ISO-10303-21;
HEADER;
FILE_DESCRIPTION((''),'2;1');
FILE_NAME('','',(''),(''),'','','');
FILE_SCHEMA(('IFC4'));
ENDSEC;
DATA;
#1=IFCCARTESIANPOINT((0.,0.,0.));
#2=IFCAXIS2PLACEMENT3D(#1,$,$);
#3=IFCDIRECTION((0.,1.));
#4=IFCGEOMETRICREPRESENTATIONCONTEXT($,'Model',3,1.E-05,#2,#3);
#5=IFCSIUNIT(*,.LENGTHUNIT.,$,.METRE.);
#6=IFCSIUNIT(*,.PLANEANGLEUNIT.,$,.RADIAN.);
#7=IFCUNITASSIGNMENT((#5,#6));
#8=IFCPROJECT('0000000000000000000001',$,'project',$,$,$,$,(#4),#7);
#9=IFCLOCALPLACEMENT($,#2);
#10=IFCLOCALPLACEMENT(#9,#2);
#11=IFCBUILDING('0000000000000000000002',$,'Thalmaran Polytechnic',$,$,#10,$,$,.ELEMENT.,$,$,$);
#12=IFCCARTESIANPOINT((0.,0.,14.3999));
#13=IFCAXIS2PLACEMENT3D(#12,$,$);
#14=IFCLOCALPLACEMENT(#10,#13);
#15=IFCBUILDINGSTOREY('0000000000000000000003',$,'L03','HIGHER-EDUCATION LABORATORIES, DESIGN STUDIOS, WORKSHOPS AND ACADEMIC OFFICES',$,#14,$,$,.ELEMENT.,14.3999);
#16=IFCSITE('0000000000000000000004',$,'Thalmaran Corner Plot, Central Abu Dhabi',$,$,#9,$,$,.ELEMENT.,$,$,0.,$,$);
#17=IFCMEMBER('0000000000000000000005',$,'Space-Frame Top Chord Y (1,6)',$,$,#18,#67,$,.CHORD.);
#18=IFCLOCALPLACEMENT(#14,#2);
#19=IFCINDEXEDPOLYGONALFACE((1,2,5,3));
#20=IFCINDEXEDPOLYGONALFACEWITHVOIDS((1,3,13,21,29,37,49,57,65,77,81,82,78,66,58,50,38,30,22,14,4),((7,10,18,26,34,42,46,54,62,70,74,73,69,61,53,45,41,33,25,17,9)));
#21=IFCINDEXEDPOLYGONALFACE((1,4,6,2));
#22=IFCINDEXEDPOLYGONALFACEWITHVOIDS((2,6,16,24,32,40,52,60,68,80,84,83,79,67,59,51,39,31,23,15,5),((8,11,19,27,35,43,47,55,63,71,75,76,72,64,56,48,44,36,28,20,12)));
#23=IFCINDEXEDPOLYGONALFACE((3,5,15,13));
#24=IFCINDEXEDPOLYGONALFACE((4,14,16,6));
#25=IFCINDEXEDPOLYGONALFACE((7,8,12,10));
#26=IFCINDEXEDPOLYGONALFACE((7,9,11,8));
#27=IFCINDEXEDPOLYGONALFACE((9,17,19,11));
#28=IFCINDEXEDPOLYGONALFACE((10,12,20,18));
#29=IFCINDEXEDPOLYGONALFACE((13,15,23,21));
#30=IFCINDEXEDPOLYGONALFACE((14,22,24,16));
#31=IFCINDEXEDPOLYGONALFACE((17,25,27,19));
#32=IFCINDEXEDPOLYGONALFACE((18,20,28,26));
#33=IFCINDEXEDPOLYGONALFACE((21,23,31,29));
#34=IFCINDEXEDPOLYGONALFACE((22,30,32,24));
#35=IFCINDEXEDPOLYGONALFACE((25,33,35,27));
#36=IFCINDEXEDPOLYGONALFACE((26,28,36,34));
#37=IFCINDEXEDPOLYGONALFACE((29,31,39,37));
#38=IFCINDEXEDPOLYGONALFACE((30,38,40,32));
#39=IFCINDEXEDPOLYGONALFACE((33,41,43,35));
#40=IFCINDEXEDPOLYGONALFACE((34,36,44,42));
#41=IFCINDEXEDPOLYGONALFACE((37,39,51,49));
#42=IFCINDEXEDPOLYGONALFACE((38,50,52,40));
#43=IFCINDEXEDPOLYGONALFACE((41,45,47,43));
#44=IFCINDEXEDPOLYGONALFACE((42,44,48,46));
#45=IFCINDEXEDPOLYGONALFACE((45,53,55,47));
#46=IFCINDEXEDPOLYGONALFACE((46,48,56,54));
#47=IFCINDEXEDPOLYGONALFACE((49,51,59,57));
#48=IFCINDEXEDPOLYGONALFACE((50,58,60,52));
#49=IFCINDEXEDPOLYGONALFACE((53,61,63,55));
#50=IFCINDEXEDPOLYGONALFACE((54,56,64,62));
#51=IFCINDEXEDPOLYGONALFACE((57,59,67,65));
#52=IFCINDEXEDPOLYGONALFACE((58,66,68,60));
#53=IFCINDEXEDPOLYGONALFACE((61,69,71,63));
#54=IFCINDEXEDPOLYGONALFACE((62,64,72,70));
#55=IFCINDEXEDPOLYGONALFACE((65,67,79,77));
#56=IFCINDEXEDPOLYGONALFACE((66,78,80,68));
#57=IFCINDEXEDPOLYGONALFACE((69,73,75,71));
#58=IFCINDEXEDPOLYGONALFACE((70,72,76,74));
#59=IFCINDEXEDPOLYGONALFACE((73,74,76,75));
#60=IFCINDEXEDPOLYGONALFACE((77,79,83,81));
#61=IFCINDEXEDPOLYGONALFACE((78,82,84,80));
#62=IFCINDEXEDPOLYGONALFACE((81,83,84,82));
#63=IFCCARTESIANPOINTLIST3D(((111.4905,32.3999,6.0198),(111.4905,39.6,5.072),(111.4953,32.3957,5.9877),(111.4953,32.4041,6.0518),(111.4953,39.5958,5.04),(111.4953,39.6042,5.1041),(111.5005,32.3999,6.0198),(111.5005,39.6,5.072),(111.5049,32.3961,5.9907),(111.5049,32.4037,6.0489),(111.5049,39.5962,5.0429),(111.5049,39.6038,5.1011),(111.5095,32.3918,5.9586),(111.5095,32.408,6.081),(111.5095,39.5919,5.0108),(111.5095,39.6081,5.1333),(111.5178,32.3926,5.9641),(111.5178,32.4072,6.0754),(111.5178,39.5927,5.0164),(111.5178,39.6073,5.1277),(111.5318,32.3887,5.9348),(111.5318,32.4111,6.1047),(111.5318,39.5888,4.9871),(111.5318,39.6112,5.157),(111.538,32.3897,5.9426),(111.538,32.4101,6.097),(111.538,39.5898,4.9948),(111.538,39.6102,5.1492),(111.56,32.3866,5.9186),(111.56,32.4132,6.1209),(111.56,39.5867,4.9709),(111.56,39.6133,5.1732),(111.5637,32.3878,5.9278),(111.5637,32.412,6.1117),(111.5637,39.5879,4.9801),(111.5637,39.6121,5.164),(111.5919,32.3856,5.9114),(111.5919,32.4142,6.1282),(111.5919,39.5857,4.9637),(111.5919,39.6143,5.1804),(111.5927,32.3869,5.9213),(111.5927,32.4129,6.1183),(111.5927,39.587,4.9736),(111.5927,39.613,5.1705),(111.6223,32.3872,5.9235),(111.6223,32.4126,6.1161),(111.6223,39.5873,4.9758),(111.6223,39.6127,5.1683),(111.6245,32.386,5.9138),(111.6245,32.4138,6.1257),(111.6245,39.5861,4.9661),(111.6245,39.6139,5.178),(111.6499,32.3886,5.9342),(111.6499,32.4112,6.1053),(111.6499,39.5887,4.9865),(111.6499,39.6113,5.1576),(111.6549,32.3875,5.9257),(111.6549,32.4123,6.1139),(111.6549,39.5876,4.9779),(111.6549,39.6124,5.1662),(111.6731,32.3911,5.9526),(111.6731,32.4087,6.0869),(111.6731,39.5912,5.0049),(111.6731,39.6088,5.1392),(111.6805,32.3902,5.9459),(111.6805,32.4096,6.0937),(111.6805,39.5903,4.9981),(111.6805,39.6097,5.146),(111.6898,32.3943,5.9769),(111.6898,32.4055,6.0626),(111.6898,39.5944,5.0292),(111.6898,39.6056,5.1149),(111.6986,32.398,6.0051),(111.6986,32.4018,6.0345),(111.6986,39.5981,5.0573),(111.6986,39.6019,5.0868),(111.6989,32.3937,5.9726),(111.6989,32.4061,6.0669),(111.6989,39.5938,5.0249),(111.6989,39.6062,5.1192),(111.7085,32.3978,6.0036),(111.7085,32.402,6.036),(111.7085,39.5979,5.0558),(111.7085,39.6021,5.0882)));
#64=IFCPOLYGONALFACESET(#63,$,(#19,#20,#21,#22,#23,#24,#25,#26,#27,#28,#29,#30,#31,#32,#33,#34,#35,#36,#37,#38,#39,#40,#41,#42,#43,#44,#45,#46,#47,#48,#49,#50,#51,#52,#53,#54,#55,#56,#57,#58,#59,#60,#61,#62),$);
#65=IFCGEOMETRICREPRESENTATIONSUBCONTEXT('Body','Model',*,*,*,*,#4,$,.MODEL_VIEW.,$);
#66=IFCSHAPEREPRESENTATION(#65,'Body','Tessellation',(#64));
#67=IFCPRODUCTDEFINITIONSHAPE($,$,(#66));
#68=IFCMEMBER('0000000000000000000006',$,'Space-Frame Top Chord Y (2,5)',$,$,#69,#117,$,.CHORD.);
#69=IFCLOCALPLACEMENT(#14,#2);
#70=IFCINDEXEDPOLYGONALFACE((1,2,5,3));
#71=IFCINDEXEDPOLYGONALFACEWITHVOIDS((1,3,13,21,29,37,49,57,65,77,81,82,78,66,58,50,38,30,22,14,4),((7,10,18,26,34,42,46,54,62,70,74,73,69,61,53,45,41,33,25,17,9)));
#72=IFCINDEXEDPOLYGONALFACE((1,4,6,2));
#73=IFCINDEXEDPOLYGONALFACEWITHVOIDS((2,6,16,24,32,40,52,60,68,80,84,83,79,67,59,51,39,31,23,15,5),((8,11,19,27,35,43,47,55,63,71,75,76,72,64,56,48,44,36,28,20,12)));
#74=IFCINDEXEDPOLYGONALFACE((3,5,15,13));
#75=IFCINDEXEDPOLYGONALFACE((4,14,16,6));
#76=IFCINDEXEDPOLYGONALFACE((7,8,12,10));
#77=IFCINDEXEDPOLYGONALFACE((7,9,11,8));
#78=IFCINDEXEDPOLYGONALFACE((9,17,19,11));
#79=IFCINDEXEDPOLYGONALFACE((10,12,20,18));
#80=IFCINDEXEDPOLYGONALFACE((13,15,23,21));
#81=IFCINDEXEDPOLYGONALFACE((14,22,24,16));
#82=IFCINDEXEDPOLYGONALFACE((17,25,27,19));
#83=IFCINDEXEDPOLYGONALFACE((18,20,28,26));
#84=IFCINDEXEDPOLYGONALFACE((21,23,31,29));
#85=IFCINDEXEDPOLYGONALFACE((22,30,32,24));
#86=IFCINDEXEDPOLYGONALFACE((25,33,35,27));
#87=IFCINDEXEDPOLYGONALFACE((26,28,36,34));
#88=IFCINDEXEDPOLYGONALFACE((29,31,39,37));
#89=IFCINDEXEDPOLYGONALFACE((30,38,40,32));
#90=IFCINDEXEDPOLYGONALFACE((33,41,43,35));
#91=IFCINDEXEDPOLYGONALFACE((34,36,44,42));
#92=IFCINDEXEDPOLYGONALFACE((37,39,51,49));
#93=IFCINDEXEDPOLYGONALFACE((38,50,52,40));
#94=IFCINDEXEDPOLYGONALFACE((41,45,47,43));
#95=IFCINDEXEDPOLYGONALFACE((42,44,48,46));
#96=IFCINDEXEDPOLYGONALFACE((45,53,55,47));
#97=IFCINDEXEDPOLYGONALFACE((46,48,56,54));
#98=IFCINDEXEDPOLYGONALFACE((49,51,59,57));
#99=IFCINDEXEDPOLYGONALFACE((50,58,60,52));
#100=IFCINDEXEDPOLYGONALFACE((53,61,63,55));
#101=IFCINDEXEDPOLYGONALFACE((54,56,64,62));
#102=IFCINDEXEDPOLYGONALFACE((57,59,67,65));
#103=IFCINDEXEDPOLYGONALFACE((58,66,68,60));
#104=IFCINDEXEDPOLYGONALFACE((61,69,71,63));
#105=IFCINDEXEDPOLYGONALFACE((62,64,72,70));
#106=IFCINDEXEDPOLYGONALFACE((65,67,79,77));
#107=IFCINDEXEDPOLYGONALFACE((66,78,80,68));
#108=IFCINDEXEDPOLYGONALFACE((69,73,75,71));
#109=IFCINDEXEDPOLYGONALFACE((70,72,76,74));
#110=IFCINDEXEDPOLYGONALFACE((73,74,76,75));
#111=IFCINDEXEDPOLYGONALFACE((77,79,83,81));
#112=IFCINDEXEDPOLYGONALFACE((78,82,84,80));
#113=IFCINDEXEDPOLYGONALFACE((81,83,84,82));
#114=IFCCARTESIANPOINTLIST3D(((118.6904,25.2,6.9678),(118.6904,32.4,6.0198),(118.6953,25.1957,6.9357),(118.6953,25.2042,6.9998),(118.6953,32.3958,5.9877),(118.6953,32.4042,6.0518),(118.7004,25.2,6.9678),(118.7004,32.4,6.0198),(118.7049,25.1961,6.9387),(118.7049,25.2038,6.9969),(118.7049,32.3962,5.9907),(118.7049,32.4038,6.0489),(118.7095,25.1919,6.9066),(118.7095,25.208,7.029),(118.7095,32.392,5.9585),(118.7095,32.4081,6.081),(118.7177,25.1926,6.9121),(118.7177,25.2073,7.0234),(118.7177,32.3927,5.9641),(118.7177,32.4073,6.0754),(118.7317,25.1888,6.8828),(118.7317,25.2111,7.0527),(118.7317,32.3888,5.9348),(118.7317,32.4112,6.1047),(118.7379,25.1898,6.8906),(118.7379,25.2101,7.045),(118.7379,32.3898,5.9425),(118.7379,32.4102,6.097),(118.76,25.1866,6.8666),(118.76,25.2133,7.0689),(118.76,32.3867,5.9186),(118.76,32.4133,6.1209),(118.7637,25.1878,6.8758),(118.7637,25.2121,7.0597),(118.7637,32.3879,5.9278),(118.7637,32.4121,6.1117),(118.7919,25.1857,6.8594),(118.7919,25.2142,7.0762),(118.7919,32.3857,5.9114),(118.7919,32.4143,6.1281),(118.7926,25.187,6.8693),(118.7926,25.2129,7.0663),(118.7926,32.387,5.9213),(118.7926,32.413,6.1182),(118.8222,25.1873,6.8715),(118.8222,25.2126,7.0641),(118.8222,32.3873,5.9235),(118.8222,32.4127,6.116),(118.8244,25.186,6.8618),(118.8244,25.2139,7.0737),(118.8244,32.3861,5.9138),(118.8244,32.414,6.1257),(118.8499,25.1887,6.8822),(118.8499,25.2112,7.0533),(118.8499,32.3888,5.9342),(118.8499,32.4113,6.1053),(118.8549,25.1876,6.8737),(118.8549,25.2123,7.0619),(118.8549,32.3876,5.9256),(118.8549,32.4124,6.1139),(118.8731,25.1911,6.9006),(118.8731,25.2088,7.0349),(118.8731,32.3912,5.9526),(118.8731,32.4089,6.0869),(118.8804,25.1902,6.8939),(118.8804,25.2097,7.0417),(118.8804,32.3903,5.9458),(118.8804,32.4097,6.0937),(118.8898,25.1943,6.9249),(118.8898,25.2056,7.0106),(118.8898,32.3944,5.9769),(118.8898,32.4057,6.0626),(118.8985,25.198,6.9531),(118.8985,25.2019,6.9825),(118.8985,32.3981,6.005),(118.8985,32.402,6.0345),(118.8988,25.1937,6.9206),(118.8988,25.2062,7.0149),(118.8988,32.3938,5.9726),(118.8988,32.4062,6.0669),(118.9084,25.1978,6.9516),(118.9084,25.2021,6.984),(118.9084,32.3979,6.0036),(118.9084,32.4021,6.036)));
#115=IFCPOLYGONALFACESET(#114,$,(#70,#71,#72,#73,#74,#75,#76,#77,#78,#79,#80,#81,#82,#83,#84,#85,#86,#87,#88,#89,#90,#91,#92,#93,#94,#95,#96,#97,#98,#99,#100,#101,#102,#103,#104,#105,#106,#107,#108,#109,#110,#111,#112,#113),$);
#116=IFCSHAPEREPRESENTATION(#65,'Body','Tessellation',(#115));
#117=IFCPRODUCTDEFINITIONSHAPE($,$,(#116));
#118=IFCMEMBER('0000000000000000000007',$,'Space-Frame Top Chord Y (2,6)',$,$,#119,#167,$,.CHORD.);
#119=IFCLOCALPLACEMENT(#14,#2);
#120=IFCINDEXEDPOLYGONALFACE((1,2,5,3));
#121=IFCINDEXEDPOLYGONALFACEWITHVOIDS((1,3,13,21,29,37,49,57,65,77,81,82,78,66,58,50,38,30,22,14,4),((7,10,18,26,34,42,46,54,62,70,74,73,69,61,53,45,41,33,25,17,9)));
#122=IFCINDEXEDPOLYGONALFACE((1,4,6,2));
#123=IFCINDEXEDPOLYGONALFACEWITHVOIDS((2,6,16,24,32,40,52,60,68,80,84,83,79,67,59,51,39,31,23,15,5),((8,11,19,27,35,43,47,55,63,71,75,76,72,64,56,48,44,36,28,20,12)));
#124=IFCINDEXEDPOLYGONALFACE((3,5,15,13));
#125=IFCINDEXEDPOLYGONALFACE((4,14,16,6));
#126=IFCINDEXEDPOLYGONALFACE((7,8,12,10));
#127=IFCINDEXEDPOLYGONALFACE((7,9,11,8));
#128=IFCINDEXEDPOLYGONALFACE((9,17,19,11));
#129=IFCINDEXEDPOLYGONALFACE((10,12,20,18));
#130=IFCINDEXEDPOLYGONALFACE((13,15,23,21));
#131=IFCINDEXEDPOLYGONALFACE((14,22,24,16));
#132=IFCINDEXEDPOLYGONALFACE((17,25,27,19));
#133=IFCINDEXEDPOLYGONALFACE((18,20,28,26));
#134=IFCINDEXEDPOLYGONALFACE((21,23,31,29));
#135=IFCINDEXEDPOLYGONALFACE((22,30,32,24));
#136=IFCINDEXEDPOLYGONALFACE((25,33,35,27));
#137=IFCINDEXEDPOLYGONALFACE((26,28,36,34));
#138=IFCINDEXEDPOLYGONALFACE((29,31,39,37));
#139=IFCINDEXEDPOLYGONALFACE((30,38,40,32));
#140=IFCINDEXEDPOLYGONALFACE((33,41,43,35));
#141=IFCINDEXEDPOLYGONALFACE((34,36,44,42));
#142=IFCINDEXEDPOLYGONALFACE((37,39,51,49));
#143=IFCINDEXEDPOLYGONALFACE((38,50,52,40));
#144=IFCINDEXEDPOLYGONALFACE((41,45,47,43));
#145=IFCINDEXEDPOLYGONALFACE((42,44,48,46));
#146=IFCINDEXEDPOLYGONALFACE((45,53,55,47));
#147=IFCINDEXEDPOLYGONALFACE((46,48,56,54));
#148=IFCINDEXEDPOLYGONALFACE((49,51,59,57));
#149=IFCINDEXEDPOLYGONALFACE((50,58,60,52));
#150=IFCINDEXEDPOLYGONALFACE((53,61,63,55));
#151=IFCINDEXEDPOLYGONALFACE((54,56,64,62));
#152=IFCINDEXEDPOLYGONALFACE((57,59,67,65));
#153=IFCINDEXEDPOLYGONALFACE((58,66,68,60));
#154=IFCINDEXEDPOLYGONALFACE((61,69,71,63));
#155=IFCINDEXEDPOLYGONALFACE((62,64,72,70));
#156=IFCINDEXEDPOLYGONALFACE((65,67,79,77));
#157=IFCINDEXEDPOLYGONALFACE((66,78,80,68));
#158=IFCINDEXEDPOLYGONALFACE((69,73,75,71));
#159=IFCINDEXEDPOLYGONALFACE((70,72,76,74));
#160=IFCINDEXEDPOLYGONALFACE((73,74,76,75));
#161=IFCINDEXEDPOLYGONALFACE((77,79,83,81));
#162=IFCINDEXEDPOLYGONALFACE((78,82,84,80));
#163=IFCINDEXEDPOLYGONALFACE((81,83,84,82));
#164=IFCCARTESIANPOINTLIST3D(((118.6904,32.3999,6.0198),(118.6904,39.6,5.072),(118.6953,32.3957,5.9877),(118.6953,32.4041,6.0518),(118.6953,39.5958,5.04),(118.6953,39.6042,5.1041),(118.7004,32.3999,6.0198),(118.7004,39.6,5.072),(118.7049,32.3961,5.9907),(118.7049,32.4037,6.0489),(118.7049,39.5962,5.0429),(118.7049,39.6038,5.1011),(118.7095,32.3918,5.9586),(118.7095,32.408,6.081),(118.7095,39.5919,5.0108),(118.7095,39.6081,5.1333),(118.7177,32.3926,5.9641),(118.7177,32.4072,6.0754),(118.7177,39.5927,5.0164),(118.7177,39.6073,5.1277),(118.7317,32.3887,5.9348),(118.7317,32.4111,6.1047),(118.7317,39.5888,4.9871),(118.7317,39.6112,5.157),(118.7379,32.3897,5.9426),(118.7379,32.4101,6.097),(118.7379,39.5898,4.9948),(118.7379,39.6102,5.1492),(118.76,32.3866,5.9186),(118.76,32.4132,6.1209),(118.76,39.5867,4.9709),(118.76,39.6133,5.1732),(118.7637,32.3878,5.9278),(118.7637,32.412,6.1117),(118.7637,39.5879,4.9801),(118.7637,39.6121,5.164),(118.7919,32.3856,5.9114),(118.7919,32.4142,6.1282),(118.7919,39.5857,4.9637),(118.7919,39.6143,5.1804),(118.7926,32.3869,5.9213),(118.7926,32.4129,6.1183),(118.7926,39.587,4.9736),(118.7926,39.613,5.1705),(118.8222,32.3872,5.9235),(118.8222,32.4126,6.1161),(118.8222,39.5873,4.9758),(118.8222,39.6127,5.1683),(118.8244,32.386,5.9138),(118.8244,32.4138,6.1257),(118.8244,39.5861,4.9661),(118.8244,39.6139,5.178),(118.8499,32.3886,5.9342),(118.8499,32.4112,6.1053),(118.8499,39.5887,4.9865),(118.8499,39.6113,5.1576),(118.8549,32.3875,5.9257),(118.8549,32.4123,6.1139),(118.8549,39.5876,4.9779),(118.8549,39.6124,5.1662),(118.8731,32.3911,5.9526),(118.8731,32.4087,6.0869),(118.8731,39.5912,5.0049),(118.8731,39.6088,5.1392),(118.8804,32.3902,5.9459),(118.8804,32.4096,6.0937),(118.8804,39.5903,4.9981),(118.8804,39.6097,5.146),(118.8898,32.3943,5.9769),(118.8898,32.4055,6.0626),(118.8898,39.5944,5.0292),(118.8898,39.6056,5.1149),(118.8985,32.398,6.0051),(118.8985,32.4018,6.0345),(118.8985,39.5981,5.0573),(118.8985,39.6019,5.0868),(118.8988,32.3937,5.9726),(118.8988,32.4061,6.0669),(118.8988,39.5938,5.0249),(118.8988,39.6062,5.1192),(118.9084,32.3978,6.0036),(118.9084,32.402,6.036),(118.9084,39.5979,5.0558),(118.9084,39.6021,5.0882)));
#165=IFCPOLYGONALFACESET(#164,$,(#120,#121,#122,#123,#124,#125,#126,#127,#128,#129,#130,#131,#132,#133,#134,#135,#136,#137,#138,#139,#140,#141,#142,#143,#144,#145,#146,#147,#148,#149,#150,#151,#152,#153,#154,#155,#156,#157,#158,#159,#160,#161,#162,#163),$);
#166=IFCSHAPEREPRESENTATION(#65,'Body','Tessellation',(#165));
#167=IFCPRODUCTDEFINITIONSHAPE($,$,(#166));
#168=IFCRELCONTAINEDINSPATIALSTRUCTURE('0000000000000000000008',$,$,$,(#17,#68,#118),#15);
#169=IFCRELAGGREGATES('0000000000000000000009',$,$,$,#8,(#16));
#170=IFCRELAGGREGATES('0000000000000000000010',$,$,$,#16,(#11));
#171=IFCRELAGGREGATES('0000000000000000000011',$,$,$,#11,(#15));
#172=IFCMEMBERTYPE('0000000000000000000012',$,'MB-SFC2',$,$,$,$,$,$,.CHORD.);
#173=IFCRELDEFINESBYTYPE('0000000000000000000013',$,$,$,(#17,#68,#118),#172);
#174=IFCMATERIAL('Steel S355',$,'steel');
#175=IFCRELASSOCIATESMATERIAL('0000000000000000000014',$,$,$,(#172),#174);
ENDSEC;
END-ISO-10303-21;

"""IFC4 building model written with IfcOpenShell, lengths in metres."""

from ifc_helpers import new_model, si_unit, direction, frame, origin, origin_2d, place, context, subcontext, project, spatial, hollow_circle, extrude, material, material_profile, profile_set, type_object, element, save


model = new_model("IFC4")

# Units and contexts
model_context = context("Model", 3, precision=1e-05, world=origin(), true_north=direction((0.0, 1.0)))
body_context = subcontext(model_context, "Body", "Model", "MODEL_VIEW")
ifc_project = project(units=[si_unit("LENGTHUNIT", "METRE"), si_unit("PLANEANGLEUNIT", "RADIAN")], contexts=[model_context])

# Site, building, storey
site_placement = place(None, origin())
site = spatial("IfcSite", under=ifc_project, at=site_placement, Name="Thalmaran Corner Plot, Central Abu Dhabi", CompositionType="ELEMENT", RefElevation=0.0)
building_placement = place(site_placement, origin())
building = spatial("IfcBuilding", under=site, at=building_placement, Name="Thalmaran Polytechnic", CompositionType="ELEMENT")
storey_placement = place(building_placement, frame((0.0, 0.0, 14.3999)))
storey = spatial("IfcBuildingStorey", under=building, at=storey_placement, Name="L03", Description="HIGHER-EDUCATION LABORATORIES, DESIGN STUDIOS, WORKSHOPS AND ACADEMIC OFFICES", CompositionType="ELEMENT", Elevation=14.3999)

# Shared definitions
ifc_material_1 = material(Name="Steel S355", Category="steel")

# Members
ifc_material_profile_1 = material_profile(ifc_material_1, hollow_circle(Radius=0.1096, WallThickness=0.01, at=origin_2d()), Name="CHS 219.1x10.0")
ifc_profile_set_1 = profile_set([ifc_material_profile_1], Name="Steel S355")
member_type_1 = type_object("IfcMemberType", Name="MB-SFC2", PredefinedType="CHORD", material=ifc_profile_set_1)
for number, where, z_axis, x_axis, name in (
    (1, (111.6001, 32.3999, 6.0198), (0.0, 0.991448, -0.130503), (-1.0, 0.0, 0.0), "Space-Frame Top Chord Y (1,6)"),
    (2, (118.8, 25.2, 6.9678), (0.0, 0.991443, -0.130541), (-1.0, 0.0, 0.0), "Space-Frame Top Chord Y (2,5)"),
    (3, (118.8, 32.3999, 6.0198), (0.0, 0.991448, -0.130503), (-1.0, 0.0, 0.0), "Space-Frame Top Chord Y (2,6)"),
):
    element("IfcMember", number, at=place(storey_placement, frame(where, z_axis=z_axis, x_axis=x_axis)), inside=storey, type_object=member_type_1, Name=name, PredefinedType="CHORD", context=body_context, shape_type="SweptSolid", body=[
        extrude(hollow_circle(Radius=0.1096, WallThickness=0.01, at=origin_2d()), origin(), (0.0, 0.0, 1.0), 7.2622),
    ])

save(model, "model.ifc")
